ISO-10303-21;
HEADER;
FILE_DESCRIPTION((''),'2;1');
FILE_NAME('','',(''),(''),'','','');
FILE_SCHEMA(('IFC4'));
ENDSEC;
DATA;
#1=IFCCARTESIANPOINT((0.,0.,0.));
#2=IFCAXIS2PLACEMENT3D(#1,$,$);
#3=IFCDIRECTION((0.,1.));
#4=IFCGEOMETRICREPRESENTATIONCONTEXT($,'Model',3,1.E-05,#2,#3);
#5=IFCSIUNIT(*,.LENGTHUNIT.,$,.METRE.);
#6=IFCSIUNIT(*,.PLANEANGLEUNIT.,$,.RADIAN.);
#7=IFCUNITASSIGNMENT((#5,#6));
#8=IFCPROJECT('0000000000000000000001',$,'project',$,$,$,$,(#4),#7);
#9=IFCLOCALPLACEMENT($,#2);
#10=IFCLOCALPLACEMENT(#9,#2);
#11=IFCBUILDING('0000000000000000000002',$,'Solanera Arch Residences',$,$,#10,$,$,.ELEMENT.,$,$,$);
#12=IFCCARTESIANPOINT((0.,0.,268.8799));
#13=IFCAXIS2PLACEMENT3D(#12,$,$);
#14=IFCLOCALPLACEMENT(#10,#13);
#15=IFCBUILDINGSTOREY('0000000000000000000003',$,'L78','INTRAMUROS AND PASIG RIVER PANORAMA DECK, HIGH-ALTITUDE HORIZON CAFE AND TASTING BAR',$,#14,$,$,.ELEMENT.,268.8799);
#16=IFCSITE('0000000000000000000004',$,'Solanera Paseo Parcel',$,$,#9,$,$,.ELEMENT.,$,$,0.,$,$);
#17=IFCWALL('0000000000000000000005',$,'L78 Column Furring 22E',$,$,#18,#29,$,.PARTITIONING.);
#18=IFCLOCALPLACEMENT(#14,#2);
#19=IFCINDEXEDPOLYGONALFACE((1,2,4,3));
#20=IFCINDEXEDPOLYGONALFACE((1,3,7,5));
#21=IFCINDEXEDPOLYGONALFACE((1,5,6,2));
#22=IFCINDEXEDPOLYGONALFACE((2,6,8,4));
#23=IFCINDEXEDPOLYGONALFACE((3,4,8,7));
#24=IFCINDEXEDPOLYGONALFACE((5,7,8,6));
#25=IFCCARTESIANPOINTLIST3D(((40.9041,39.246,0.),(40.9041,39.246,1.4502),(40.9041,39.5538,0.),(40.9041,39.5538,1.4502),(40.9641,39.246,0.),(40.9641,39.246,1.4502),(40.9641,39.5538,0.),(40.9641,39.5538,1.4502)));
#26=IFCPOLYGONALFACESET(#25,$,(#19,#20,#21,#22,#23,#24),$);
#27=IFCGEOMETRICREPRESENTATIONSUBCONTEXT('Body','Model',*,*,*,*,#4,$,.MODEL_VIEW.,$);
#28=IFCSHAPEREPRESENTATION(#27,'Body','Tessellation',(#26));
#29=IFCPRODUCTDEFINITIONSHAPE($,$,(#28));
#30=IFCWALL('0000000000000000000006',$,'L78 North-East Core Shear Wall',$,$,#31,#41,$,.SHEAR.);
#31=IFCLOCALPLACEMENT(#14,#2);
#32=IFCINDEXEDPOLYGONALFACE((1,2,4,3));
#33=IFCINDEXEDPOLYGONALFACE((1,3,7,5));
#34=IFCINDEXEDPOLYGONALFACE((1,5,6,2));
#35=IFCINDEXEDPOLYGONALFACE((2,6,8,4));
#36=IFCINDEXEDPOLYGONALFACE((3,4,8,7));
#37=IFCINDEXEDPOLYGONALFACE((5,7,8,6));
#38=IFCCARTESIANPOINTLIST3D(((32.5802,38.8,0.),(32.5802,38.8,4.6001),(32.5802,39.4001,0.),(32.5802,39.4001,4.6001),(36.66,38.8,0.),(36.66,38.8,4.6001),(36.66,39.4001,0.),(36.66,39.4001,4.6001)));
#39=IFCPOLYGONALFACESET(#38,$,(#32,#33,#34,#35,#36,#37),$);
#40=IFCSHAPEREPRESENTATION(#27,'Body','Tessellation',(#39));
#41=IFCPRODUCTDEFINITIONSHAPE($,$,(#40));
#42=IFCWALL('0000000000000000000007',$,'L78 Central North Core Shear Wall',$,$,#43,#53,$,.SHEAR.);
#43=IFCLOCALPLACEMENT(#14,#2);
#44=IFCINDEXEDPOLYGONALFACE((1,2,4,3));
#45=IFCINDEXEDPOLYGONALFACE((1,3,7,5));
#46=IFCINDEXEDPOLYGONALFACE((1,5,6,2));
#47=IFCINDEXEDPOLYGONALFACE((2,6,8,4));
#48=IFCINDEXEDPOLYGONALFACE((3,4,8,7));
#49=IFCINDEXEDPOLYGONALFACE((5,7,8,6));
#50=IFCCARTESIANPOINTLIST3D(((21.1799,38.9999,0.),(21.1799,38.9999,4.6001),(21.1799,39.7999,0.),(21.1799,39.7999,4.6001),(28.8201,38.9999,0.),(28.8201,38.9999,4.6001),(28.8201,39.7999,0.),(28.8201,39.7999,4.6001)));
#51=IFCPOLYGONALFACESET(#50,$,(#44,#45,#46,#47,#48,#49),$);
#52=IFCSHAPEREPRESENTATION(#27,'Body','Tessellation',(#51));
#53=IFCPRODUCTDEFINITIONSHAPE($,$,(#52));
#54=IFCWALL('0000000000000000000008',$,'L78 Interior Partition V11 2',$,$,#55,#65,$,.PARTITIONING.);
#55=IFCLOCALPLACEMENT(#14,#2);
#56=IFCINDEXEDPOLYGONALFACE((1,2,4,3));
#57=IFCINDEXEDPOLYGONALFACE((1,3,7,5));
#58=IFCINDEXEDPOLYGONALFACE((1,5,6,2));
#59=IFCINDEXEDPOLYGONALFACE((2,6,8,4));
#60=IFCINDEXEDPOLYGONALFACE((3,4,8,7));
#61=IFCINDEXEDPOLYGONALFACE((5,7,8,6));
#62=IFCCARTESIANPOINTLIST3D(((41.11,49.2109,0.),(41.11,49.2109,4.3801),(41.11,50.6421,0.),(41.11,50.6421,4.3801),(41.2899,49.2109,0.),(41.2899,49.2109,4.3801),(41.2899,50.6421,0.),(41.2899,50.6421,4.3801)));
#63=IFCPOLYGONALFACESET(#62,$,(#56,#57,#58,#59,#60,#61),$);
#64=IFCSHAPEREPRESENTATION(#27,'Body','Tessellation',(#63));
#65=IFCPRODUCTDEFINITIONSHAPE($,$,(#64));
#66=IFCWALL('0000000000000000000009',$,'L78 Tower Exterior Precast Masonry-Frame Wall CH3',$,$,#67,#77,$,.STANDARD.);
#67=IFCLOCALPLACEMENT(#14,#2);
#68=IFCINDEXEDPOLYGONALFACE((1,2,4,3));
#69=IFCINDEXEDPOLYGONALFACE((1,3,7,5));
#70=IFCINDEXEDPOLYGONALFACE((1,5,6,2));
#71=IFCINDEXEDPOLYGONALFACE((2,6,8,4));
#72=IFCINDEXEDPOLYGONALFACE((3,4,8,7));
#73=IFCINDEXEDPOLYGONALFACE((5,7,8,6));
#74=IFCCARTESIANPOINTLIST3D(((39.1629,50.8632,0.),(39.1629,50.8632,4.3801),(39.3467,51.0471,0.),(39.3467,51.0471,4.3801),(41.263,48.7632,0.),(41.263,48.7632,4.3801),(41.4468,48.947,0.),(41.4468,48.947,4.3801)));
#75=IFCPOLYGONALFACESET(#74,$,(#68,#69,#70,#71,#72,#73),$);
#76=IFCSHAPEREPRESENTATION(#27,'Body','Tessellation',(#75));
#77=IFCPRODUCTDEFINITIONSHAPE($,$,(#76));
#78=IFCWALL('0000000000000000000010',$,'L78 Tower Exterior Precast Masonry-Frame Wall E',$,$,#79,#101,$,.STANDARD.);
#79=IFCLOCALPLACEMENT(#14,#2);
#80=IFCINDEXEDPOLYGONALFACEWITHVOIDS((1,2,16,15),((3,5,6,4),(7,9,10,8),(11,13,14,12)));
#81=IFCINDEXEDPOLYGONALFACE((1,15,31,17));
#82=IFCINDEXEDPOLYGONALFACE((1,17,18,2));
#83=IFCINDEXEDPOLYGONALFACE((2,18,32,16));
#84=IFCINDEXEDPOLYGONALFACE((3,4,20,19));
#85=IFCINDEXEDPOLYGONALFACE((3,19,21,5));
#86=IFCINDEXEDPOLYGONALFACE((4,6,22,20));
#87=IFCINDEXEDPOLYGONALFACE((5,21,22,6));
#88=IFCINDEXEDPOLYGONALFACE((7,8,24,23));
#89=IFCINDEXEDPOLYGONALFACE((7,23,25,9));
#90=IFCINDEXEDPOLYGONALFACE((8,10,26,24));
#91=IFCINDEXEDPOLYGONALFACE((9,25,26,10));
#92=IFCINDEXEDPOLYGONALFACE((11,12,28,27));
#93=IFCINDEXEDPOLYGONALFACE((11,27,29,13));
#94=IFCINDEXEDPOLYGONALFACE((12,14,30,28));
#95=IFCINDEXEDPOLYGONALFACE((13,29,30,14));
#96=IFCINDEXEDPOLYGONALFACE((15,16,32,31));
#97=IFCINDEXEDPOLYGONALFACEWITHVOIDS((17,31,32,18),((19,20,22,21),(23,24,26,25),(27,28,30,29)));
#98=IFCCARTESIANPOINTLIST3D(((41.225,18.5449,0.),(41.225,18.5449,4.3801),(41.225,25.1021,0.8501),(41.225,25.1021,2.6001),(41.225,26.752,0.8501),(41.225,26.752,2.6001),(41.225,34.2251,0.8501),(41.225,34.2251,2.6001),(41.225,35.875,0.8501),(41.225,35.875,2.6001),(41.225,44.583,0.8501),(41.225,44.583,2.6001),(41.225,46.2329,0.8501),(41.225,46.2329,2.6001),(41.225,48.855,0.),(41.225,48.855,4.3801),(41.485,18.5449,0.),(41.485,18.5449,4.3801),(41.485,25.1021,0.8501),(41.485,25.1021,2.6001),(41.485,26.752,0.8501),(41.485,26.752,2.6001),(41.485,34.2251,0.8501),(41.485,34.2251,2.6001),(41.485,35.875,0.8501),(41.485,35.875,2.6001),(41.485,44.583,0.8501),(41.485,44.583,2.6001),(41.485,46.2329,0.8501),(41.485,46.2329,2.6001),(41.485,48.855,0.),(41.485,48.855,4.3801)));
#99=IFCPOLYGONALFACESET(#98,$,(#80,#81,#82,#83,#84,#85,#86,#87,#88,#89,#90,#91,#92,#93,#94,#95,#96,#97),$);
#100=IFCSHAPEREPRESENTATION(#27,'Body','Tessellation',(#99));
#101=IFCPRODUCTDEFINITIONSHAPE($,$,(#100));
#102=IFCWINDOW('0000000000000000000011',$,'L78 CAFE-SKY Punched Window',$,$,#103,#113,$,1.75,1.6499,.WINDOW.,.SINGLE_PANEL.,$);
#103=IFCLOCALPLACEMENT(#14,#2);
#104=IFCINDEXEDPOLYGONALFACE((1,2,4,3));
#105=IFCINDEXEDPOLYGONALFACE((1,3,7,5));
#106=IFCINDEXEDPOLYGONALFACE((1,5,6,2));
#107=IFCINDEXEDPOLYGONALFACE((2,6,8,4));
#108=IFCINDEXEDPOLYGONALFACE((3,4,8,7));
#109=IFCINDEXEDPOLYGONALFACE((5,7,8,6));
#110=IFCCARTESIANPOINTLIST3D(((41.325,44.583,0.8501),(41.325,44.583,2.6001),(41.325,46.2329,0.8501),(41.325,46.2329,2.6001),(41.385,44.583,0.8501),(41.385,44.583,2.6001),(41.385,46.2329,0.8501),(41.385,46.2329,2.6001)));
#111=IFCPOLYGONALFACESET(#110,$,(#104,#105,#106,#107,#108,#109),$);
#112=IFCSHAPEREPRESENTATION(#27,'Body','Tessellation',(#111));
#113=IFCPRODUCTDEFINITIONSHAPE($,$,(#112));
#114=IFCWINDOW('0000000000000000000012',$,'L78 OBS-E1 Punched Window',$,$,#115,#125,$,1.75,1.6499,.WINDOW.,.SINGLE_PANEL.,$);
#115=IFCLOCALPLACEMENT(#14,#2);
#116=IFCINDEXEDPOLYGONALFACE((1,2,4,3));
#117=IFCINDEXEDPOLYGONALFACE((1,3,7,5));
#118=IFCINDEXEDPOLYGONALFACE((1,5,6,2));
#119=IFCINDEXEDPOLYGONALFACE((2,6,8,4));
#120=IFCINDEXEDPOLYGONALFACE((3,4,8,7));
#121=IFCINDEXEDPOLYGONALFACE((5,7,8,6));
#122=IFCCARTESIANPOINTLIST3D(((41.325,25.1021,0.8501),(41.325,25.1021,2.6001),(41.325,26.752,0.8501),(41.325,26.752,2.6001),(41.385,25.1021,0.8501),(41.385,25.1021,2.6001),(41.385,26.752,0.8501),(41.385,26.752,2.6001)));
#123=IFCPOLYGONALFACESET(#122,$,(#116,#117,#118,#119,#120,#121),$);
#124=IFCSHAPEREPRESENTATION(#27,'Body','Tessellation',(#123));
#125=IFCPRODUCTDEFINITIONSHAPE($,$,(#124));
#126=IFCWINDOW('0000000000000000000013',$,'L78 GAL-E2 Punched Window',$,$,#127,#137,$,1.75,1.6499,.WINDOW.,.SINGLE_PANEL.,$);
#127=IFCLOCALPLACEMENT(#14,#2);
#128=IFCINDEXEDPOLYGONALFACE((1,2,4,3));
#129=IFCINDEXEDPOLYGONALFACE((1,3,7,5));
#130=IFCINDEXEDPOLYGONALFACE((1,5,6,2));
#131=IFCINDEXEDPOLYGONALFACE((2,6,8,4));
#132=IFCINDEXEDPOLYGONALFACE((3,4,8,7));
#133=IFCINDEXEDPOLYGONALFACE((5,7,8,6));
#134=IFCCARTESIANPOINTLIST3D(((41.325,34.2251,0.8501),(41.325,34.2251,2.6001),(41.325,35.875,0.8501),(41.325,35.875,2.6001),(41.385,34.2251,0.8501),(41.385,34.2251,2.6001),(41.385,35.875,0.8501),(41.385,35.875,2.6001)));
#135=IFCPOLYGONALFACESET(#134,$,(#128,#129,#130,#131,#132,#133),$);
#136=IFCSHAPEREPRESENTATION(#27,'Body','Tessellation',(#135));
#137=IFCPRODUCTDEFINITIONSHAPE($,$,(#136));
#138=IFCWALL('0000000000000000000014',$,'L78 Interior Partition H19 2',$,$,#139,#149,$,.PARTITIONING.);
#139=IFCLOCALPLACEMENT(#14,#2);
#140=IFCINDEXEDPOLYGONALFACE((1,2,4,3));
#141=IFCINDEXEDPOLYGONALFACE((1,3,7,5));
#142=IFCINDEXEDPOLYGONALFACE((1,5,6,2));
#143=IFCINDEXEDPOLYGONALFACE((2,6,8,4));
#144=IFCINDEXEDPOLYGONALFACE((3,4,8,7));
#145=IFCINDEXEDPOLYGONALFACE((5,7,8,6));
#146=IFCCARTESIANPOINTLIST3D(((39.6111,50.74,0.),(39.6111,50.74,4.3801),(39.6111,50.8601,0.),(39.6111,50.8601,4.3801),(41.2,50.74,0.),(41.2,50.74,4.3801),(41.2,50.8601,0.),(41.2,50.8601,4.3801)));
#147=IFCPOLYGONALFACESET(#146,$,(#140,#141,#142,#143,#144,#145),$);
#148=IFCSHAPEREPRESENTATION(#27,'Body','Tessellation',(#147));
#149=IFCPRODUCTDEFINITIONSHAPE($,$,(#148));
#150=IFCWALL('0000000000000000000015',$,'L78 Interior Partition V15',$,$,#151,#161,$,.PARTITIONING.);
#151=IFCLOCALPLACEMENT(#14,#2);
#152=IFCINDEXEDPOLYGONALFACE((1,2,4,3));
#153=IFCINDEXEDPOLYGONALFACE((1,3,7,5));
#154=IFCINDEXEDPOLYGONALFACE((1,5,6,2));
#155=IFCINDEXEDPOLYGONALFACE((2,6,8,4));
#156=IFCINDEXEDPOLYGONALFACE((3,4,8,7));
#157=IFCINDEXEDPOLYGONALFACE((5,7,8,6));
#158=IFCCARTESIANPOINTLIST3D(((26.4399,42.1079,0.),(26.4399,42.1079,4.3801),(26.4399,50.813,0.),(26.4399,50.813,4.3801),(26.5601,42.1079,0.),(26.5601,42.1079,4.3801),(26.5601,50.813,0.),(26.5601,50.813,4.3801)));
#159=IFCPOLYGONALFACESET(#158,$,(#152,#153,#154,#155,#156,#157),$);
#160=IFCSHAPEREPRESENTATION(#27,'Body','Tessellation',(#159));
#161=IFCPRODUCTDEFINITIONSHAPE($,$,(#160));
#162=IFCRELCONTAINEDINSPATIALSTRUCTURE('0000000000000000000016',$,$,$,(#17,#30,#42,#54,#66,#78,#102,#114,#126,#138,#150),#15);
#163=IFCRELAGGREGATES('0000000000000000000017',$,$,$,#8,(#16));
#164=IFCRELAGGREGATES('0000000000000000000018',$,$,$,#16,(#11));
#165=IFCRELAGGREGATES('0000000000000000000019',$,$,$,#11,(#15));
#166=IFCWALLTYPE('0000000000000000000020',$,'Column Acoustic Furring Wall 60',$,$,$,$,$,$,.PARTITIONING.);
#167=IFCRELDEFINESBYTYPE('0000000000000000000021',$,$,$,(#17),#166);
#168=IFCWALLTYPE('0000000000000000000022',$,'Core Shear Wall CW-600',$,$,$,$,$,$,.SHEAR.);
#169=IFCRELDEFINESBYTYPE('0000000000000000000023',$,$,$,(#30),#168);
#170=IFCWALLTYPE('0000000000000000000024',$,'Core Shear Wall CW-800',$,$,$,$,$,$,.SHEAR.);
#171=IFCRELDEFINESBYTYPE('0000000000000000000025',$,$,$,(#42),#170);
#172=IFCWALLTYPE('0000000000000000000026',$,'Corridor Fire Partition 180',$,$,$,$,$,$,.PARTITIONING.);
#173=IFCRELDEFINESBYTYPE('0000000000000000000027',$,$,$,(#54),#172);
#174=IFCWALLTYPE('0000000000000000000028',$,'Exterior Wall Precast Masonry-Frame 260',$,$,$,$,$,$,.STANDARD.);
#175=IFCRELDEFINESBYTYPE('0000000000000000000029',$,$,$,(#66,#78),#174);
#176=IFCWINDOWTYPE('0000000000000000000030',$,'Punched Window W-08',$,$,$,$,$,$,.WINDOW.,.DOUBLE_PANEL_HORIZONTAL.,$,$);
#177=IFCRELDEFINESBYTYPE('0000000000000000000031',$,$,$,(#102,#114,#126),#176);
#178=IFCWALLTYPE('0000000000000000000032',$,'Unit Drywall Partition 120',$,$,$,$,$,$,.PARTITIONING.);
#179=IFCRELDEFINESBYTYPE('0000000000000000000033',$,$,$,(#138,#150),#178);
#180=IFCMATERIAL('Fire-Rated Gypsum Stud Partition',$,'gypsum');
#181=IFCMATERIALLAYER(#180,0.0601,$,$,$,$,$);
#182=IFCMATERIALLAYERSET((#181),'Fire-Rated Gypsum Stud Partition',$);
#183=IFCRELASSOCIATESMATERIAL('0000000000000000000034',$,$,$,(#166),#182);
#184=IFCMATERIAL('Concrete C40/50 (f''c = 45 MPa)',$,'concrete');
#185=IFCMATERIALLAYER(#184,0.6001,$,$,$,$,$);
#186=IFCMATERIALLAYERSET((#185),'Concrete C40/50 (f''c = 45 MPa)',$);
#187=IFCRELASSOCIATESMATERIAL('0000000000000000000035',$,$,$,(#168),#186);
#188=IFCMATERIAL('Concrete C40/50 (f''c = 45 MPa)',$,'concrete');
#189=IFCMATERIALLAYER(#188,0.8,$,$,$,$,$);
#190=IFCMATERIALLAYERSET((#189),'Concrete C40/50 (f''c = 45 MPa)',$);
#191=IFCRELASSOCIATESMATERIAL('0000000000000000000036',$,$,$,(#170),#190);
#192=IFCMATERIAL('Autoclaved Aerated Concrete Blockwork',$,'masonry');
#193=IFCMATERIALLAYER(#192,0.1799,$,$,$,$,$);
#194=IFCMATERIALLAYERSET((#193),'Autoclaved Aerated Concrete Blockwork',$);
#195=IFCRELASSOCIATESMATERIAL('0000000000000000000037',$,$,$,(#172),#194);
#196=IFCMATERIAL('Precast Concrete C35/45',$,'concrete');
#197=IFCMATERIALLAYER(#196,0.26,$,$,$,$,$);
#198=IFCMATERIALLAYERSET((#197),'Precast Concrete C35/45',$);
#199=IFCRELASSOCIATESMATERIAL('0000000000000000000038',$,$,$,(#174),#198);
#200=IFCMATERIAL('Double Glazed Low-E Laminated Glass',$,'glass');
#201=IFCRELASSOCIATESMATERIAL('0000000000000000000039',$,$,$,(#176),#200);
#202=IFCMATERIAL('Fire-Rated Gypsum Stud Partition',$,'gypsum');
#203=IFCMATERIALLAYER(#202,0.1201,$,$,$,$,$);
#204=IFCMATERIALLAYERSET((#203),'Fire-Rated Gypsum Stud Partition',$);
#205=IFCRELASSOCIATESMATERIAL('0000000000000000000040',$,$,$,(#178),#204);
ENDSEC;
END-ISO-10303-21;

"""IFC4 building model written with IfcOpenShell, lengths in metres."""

from ifc_helpers import new_model, si_unit, direction, frame, frame_2d, origin, place, context, subcontext, project, spatial, rectangle, extrude, material, layer, layer_set, type_object, element, fill, save


model = new_model("IFC4")

# Units and contexts
model_context = context("Model", 3, precision=1e-05, world=origin(), true_north=direction((0.0, 1.0)))
body_context = subcontext(model_context, "Body", "Model", "MODEL_VIEW")
ifc_project = project(units=[si_unit("LENGTHUNIT", "METRE"), si_unit("PLANEANGLEUNIT", "RADIAN")], contexts=[model_context])

# Site, building, storey
site_placement = place(None, origin())
site = spatial("IfcSite", under=ifc_project, at=site_placement, Name="Solanera Paseo Parcel", CompositionType="ELEMENT", RefElevation=0.0)
building_placement = place(site_placement, origin())
building = spatial("IfcBuilding", under=site, at=building_placement, Name="Solanera Arch Residences", CompositionType="ELEMENT")
storey_placement = place(building_placement, frame((0.0, 0.0, 268.8799)))
storey = spatial("IfcBuildingStorey", under=building, at=storey_placement, Name="L78", Description="INTRAMUROS AND PASIG RIVER PANORAMA DECK, HIGH-ALTITUDE HORIZON CAFE AND TASTING BAR", CompositionType="ELEMENT", Elevation=268.8799)

# Walls
ifc_material_1 = material(Name="Fire-Rated Gypsum Stud Partition", Category="gypsum")
ifc_layer_1 = layer(ifc_material_1, 0.0601)
ifc_layer_set_1 = layer_set([ifc_layer_1], Name="Fire-Rated Gypsum Stud Partition")
wall_type_1 = type_object("IfcWallType", Name="Column Acoustic Furring Wall 60", PredefinedType="PARTITIONING", material=ifc_layer_set_1)
for number, where, z_axis, x_axis, name in (
    (1, (40.9341, 39.2461, 0.0), (0.0, 0.0, 1.0), (0.0, 1.0, 0.0), "L78 Column Furring 22E"),
):
    element("IfcWall", number, at=place(storey_placement, frame(where, z_axis=z_axis, x_axis=x_axis)), inside=storey, type_object=wall_type_1, Name=name, PredefinedType="PARTITIONING", context=body_context, shape_type="SweptSolid", body=[
        extrude(rectangle(XDim=0.3079, YDim=0.0601, at=frame_2d((0.1538, 0.0))), origin(), (0.0, 0.0, 1.0), 1.4502),
    ])
ifc_material_2 = material(Name="Concrete C40/50 (f'c = 45 MPa)", Category="concrete")
ifc_layer_2 = layer(ifc_material_2, 0.6001)
ifc_layer_set_2 = layer_set([ifc_layer_2], Name="Concrete C40/50 (f'c = 45 MPa)")
wall_type_2 = type_object("IfcWallType", Name="Core Shear Wall CW-600", PredefinedType="SHEAR", material=ifc_layer_set_2)
wall_1_placement = place(storey_placement, frame((32.5801, 39.1001, 0.0), z_axis=(0.0, 0.0, 1.0), x_axis=(1.0, 0.0, 0.0)))
element("IfcWall", 2, at=wall_1_placement, inside=storey, type_object=wall_type_2, Name="L78 North-East Core Shear Wall", PredefinedType="SHEAR", context=body_context, shape_type="SweptSolid", body=[
    extrude(rectangle(XDim=4.0798, YDim=0.6001, at=frame_2d((2.04, 0.0))), origin(), (0.0, 0.0, 1.0), 4.6001),
])
ifc_material_3 = material(Name="Concrete C40/50 (f'c = 45 MPa)", Category="concrete")
ifc_layer_3 = layer(ifc_material_3, 0.8)
ifc_layer_set_3 = layer_set([ifc_layer_3], Name="Concrete C40/50 (f'c = 45 MPa)")
wall_type_3 = type_object("IfcWallType", Name="Core Shear Wall CW-800", PredefinedType="SHEAR", material=ifc_layer_set_3)
wall_2_placement = place(storey_placement, frame((21.1799, 39.3999, 0.0), z_axis=(0.0, 0.0, 1.0), x_axis=(1.0, 0.0, 0.0)))
element("IfcWall", 3, at=wall_2_placement, inside=storey, type_object=wall_type_3, Name="L78 Central North Core Shear Wall", PredefinedType="SHEAR", context=body_context, shape_type="SweptSolid", body=[
    extrude(rectangle(XDim=7.6401, YDim=0.8, at=frame_2d((3.8201, 0.0))), origin(), (0.0, 0.0, 1.0), 4.6001),
])
ifc_material_4 = material(Name="Autoclaved Aerated Concrete Blockwork", Category="masonry")
ifc_layer_4 = layer(ifc_material_4, 0.1799)
ifc_layer_set_4 = layer_set([ifc_layer_4], Name="Autoclaved Aerated Concrete Blockwork")
wall_type_4 = type_object("IfcWallType", Name="Corridor Fire Partition 180", PredefinedType="PARTITIONING", material=ifc_layer_set_4)
wall_3_placement = place(storey_placement, frame((41.2, 49.2109, 0.0), z_axis=(0.0, 0.0, 1.0), x_axis=(0.0, 1.0, 0.0)))
element("IfcWall", 4, at=wall_3_placement, inside=storey, type_object=wall_type_4, Name="L78 Interior Partition V11 2", PredefinedType="PARTITIONING", context=body_context, shape_type="SweptSolid", body=[
    extrude(rectangle(XDim=1.4312, YDim=0.1799, at=frame_2d((0.7156, 0.0))), origin(), (0.0, 0.0, 1.0), 4.3801),
])
ifc_material_5 = material(Name="Precast Concrete C35/45", Category="concrete")
ifc_layer_5 = layer(ifc_material_5, 0.26)
ifc_layer_set_5 = layer_set([ifc_layer_5], Name="Precast Concrete C35/45")
wall_type_5 = type_object("IfcWallType", Name="Exterior Wall Precast Masonry-Frame 260", PredefinedType="STANDARD", material=ifc_layer_set_5)
wall_4_placement = place(storey_placement, frame((39.2549, 50.9551, 0.0), z_axis=(0.0, 0.0, 1.0), x_axis=(0.707107, -0.707107, 0.0)))
element("IfcWall", 5, at=wall_4_placement, inside=storey, type_object=wall_type_5, Name="L78 Tower Exterior Precast Masonry-Frame Wall CH3", PredefinedType="STANDARD", context=body_context, shape_type="SweptSolid", body=[
    extrude(rectangle(XDim=2.97, YDim=0.26, at=frame_2d((1.4849, 0.0))), origin(), (0.0, 0.0, 1.0), 4.3801),
])

# Wall, openings, windows
wall_5_placement = place(storey_placement, frame((41.355, 48.855, 0.0), z_axis=(0.0, 0.0, 1.0), x_axis=(0.0, -1.0, 0.0)))
wall_5 = element("IfcWall", 6, at=wall_5_placement, inside=storey, type_object=wall_type_5, Name="L78 Tower Exterior Precast Masonry-Frame Wall E", PredefinedType="STANDARD", context=body_context, shape_type="SweptSolid", body=[
    extrude(rectangle(XDim=30.3101, YDim=0.26, at=frame_2d((15.155, 0.0))), origin(), (0.0, 0.0, 1.0), 4.3801),
])
opening_1_placement = place(wall_5_placement, frame((2.6221, 0.0, 0.8501)))
opening_1 = element("IfcOpeningElement", 7, at=opening_1_placement, cuts=wall_5, PredefinedType="OPENING", context=body_context, shape_type="SweptSolid", body=[
    extrude(rectangle(XDim=1.6499, YDim=1.75, at=frame_2d((0.825, 0.875))), frame((0.0, 0.1399, 0.0), z_axis=(0.0, -1.0, 0.0), x_axis=(1.0, 0.0, 0.0)), (0.0, 0.0, 1.0), 0.28),
])
opening_2_placement = place(wall_5_placement, frame((22.103, 0.0, 0.8501)))
opening_2 = element("IfcOpeningElement", 8, at=opening_2_placement, cuts=wall_5, PredefinedType="OPENING", context=body_context, shape_type="SweptSolid", body=[
    extrude(rectangle(XDim=1.6499, YDim=1.75, at=frame_2d((0.825, 0.875))), frame((0.0, 0.1399, 0.0), z_axis=(0.0, -1.0, 0.0), x_axis=(1.0, 0.0, 0.0)), (0.0, 0.0, 1.0), 0.28),
])
opening_3_placement = place(wall_5_placement, frame((12.98, 0.0, 0.8501)))
opening_3 = element("IfcOpeningElement", 9, at=opening_3_placement, cuts=wall_5, PredefinedType="OPENING", context=body_context, shape_type="SweptSolid", body=[
    extrude(rectangle(XDim=1.6499, YDim=1.75, at=frame_2d((0.825, 0.875))), frame((0.0, 0.1399, 0.0), z_axis=(0.0, -1.0, 0.0), x_axis=(1.0, 0.0, 0.0)), (0.0, 0.0, 1.0), 0.28),
])
ifc_material_6 = material(Name="Double Glazed Low-E Laminated Glass", Category="glass")
window_type = type_object("IfcWindowType", Name="Punched Window W-08", PartitioningType="DOUBLE_PANEL_HORIZONTAL", PredefinedType="WINDOW", material=ifc_material_6)
window_1_placement = place(opening_1_placement, origin())
window_1 = element("IfcWindow", 10, at=window_1_placement, inside=storey, type_object=window_type, Name="L78 CAFE-SKY Punched Window", OverallHeight=1.75, OverallWidth=1.6499, PartitioningType="SINGLE_PANEL", PredefinedType="WINDOW", context=body_context, shape_type="SweptSolid", body=[
    extrude(rectangle(XDim=1.6499, YDim=1.75, at=frame_2d((0.825, 0.875))), frame((0.0, 0.03, 0.0), z_axis=(0.0, -1.0, 0.0), x_axis=(1.0, 0.0, 0.0)), (0.0, 0.0, 1.0), 0.0601),
])
fill(opening_1, window_1)
window_2_placement = place(opening_2_placement, origin())
window_2 = element("IfcWindow", 11, at=window_2_placement, inside=storey, type_object=window_type, Name="L78 OBS-E1 Punched Window", OverallHeight=1.75, OverallWidth=1.6499, PartitioningType="SINGLE_PANEL", PredefinedType="WINDOW", context=body_context, shape_type="SweptSolid", body=[
    extrude(rectangle(XDim=1.6499, YDim=1.75, at=frame_2d((0.825, 0.875))), frame((0.0, 0.03, 0.0), z_axis=(0.0, -1.0, 0.0), x_axis=(1.0, 0.0, 0.0)), (0.0, 0.0, 1.0), 0.0601),
])
fill(opening_2, window_2)
window_3_placement = place(opening_3_placement, origin())
window_3 = element("IfcWindow", 12, at=window_3_placement, inside=storey, type_object=window_type, Name="L78 GAL-E2 Punched Window", OverallHeight=1.75, OverallWidth=1.6499, PartitioningType="SINGLE_PANEL", PredefinedType="WINDOW", context=body_context, shape_type="SweptSolid", body=[
    extrude(rectangle(XDim=1.6499, YDim=1.75, at=frame_2d((0.825, 0.875))), frame((0.0, 0.03, 0.0), z_axis=(0.0, -1.0, 0.0), x_axis=(1.0, 0.0, 0.0)), (0.0, 0.0, 1.0), 0.0601),
])
fill(opening_3, window_3)

# Walls
ifc_material_7 = material(Name="Fire-Rated Gypsum Stud Partition", Category="gypsum")
ifc_layer_6 = layer(ifc_material_7, 0.1201)
ifc_layer_set_6 = layer_set([ifc_layer_6], Name="Fire-Rated Gypsum Stud Partition")
wall_type_6 = type_object("IfcWallType", Name="Unit Drywall Partition 120", PredefinedType="PARTITIONING", material=ifc_layer_set_6)
wall_6_placement = place(storey_placement, frame((39.6111, 50.8, 0.0), z_axis=(0.0, 0.0, 1.0), x_axis=(1.0, 0.0, 0.0)))
element("IfcWall", 13, at=wall_6_placement, inside=storey, type_object=wall_type_6, Name="L78 Interior Partition H19 2", PredefinedType="PARTITIONING", context=body_context, shape_type="SweptSolid", body=[
    extrude(rectangle(XDim=1.5889, YDim=0.1201, at=frame_2d((0.7944, 0.0))), origin(), (0.0, 0.0, 1.0), 4.3801),
])
wall_7_placement = place(storey_placement, frame((26.5, 42.1079, 0.0), z_axis=(0.0, 0.0, 1.0), x_axis=(0.0, 1.0, 0.0)))
element("IfcWall", 14, at=wall_7_placement, inside=storey, type_object=wall_type_6, Name="L78 Interior Partition V15", PredefinedType="PARTITIONING", context=body_context, shape_type="SweptSolid", body=[
    extrude(rectangle(XDim=8.7051, YDim=0.1201, at=frame_2d((4.3525, 0.0))), origin(), (0.0, 0.0, 1.0), 4.3801),
])

save(model, "model.ifc")
